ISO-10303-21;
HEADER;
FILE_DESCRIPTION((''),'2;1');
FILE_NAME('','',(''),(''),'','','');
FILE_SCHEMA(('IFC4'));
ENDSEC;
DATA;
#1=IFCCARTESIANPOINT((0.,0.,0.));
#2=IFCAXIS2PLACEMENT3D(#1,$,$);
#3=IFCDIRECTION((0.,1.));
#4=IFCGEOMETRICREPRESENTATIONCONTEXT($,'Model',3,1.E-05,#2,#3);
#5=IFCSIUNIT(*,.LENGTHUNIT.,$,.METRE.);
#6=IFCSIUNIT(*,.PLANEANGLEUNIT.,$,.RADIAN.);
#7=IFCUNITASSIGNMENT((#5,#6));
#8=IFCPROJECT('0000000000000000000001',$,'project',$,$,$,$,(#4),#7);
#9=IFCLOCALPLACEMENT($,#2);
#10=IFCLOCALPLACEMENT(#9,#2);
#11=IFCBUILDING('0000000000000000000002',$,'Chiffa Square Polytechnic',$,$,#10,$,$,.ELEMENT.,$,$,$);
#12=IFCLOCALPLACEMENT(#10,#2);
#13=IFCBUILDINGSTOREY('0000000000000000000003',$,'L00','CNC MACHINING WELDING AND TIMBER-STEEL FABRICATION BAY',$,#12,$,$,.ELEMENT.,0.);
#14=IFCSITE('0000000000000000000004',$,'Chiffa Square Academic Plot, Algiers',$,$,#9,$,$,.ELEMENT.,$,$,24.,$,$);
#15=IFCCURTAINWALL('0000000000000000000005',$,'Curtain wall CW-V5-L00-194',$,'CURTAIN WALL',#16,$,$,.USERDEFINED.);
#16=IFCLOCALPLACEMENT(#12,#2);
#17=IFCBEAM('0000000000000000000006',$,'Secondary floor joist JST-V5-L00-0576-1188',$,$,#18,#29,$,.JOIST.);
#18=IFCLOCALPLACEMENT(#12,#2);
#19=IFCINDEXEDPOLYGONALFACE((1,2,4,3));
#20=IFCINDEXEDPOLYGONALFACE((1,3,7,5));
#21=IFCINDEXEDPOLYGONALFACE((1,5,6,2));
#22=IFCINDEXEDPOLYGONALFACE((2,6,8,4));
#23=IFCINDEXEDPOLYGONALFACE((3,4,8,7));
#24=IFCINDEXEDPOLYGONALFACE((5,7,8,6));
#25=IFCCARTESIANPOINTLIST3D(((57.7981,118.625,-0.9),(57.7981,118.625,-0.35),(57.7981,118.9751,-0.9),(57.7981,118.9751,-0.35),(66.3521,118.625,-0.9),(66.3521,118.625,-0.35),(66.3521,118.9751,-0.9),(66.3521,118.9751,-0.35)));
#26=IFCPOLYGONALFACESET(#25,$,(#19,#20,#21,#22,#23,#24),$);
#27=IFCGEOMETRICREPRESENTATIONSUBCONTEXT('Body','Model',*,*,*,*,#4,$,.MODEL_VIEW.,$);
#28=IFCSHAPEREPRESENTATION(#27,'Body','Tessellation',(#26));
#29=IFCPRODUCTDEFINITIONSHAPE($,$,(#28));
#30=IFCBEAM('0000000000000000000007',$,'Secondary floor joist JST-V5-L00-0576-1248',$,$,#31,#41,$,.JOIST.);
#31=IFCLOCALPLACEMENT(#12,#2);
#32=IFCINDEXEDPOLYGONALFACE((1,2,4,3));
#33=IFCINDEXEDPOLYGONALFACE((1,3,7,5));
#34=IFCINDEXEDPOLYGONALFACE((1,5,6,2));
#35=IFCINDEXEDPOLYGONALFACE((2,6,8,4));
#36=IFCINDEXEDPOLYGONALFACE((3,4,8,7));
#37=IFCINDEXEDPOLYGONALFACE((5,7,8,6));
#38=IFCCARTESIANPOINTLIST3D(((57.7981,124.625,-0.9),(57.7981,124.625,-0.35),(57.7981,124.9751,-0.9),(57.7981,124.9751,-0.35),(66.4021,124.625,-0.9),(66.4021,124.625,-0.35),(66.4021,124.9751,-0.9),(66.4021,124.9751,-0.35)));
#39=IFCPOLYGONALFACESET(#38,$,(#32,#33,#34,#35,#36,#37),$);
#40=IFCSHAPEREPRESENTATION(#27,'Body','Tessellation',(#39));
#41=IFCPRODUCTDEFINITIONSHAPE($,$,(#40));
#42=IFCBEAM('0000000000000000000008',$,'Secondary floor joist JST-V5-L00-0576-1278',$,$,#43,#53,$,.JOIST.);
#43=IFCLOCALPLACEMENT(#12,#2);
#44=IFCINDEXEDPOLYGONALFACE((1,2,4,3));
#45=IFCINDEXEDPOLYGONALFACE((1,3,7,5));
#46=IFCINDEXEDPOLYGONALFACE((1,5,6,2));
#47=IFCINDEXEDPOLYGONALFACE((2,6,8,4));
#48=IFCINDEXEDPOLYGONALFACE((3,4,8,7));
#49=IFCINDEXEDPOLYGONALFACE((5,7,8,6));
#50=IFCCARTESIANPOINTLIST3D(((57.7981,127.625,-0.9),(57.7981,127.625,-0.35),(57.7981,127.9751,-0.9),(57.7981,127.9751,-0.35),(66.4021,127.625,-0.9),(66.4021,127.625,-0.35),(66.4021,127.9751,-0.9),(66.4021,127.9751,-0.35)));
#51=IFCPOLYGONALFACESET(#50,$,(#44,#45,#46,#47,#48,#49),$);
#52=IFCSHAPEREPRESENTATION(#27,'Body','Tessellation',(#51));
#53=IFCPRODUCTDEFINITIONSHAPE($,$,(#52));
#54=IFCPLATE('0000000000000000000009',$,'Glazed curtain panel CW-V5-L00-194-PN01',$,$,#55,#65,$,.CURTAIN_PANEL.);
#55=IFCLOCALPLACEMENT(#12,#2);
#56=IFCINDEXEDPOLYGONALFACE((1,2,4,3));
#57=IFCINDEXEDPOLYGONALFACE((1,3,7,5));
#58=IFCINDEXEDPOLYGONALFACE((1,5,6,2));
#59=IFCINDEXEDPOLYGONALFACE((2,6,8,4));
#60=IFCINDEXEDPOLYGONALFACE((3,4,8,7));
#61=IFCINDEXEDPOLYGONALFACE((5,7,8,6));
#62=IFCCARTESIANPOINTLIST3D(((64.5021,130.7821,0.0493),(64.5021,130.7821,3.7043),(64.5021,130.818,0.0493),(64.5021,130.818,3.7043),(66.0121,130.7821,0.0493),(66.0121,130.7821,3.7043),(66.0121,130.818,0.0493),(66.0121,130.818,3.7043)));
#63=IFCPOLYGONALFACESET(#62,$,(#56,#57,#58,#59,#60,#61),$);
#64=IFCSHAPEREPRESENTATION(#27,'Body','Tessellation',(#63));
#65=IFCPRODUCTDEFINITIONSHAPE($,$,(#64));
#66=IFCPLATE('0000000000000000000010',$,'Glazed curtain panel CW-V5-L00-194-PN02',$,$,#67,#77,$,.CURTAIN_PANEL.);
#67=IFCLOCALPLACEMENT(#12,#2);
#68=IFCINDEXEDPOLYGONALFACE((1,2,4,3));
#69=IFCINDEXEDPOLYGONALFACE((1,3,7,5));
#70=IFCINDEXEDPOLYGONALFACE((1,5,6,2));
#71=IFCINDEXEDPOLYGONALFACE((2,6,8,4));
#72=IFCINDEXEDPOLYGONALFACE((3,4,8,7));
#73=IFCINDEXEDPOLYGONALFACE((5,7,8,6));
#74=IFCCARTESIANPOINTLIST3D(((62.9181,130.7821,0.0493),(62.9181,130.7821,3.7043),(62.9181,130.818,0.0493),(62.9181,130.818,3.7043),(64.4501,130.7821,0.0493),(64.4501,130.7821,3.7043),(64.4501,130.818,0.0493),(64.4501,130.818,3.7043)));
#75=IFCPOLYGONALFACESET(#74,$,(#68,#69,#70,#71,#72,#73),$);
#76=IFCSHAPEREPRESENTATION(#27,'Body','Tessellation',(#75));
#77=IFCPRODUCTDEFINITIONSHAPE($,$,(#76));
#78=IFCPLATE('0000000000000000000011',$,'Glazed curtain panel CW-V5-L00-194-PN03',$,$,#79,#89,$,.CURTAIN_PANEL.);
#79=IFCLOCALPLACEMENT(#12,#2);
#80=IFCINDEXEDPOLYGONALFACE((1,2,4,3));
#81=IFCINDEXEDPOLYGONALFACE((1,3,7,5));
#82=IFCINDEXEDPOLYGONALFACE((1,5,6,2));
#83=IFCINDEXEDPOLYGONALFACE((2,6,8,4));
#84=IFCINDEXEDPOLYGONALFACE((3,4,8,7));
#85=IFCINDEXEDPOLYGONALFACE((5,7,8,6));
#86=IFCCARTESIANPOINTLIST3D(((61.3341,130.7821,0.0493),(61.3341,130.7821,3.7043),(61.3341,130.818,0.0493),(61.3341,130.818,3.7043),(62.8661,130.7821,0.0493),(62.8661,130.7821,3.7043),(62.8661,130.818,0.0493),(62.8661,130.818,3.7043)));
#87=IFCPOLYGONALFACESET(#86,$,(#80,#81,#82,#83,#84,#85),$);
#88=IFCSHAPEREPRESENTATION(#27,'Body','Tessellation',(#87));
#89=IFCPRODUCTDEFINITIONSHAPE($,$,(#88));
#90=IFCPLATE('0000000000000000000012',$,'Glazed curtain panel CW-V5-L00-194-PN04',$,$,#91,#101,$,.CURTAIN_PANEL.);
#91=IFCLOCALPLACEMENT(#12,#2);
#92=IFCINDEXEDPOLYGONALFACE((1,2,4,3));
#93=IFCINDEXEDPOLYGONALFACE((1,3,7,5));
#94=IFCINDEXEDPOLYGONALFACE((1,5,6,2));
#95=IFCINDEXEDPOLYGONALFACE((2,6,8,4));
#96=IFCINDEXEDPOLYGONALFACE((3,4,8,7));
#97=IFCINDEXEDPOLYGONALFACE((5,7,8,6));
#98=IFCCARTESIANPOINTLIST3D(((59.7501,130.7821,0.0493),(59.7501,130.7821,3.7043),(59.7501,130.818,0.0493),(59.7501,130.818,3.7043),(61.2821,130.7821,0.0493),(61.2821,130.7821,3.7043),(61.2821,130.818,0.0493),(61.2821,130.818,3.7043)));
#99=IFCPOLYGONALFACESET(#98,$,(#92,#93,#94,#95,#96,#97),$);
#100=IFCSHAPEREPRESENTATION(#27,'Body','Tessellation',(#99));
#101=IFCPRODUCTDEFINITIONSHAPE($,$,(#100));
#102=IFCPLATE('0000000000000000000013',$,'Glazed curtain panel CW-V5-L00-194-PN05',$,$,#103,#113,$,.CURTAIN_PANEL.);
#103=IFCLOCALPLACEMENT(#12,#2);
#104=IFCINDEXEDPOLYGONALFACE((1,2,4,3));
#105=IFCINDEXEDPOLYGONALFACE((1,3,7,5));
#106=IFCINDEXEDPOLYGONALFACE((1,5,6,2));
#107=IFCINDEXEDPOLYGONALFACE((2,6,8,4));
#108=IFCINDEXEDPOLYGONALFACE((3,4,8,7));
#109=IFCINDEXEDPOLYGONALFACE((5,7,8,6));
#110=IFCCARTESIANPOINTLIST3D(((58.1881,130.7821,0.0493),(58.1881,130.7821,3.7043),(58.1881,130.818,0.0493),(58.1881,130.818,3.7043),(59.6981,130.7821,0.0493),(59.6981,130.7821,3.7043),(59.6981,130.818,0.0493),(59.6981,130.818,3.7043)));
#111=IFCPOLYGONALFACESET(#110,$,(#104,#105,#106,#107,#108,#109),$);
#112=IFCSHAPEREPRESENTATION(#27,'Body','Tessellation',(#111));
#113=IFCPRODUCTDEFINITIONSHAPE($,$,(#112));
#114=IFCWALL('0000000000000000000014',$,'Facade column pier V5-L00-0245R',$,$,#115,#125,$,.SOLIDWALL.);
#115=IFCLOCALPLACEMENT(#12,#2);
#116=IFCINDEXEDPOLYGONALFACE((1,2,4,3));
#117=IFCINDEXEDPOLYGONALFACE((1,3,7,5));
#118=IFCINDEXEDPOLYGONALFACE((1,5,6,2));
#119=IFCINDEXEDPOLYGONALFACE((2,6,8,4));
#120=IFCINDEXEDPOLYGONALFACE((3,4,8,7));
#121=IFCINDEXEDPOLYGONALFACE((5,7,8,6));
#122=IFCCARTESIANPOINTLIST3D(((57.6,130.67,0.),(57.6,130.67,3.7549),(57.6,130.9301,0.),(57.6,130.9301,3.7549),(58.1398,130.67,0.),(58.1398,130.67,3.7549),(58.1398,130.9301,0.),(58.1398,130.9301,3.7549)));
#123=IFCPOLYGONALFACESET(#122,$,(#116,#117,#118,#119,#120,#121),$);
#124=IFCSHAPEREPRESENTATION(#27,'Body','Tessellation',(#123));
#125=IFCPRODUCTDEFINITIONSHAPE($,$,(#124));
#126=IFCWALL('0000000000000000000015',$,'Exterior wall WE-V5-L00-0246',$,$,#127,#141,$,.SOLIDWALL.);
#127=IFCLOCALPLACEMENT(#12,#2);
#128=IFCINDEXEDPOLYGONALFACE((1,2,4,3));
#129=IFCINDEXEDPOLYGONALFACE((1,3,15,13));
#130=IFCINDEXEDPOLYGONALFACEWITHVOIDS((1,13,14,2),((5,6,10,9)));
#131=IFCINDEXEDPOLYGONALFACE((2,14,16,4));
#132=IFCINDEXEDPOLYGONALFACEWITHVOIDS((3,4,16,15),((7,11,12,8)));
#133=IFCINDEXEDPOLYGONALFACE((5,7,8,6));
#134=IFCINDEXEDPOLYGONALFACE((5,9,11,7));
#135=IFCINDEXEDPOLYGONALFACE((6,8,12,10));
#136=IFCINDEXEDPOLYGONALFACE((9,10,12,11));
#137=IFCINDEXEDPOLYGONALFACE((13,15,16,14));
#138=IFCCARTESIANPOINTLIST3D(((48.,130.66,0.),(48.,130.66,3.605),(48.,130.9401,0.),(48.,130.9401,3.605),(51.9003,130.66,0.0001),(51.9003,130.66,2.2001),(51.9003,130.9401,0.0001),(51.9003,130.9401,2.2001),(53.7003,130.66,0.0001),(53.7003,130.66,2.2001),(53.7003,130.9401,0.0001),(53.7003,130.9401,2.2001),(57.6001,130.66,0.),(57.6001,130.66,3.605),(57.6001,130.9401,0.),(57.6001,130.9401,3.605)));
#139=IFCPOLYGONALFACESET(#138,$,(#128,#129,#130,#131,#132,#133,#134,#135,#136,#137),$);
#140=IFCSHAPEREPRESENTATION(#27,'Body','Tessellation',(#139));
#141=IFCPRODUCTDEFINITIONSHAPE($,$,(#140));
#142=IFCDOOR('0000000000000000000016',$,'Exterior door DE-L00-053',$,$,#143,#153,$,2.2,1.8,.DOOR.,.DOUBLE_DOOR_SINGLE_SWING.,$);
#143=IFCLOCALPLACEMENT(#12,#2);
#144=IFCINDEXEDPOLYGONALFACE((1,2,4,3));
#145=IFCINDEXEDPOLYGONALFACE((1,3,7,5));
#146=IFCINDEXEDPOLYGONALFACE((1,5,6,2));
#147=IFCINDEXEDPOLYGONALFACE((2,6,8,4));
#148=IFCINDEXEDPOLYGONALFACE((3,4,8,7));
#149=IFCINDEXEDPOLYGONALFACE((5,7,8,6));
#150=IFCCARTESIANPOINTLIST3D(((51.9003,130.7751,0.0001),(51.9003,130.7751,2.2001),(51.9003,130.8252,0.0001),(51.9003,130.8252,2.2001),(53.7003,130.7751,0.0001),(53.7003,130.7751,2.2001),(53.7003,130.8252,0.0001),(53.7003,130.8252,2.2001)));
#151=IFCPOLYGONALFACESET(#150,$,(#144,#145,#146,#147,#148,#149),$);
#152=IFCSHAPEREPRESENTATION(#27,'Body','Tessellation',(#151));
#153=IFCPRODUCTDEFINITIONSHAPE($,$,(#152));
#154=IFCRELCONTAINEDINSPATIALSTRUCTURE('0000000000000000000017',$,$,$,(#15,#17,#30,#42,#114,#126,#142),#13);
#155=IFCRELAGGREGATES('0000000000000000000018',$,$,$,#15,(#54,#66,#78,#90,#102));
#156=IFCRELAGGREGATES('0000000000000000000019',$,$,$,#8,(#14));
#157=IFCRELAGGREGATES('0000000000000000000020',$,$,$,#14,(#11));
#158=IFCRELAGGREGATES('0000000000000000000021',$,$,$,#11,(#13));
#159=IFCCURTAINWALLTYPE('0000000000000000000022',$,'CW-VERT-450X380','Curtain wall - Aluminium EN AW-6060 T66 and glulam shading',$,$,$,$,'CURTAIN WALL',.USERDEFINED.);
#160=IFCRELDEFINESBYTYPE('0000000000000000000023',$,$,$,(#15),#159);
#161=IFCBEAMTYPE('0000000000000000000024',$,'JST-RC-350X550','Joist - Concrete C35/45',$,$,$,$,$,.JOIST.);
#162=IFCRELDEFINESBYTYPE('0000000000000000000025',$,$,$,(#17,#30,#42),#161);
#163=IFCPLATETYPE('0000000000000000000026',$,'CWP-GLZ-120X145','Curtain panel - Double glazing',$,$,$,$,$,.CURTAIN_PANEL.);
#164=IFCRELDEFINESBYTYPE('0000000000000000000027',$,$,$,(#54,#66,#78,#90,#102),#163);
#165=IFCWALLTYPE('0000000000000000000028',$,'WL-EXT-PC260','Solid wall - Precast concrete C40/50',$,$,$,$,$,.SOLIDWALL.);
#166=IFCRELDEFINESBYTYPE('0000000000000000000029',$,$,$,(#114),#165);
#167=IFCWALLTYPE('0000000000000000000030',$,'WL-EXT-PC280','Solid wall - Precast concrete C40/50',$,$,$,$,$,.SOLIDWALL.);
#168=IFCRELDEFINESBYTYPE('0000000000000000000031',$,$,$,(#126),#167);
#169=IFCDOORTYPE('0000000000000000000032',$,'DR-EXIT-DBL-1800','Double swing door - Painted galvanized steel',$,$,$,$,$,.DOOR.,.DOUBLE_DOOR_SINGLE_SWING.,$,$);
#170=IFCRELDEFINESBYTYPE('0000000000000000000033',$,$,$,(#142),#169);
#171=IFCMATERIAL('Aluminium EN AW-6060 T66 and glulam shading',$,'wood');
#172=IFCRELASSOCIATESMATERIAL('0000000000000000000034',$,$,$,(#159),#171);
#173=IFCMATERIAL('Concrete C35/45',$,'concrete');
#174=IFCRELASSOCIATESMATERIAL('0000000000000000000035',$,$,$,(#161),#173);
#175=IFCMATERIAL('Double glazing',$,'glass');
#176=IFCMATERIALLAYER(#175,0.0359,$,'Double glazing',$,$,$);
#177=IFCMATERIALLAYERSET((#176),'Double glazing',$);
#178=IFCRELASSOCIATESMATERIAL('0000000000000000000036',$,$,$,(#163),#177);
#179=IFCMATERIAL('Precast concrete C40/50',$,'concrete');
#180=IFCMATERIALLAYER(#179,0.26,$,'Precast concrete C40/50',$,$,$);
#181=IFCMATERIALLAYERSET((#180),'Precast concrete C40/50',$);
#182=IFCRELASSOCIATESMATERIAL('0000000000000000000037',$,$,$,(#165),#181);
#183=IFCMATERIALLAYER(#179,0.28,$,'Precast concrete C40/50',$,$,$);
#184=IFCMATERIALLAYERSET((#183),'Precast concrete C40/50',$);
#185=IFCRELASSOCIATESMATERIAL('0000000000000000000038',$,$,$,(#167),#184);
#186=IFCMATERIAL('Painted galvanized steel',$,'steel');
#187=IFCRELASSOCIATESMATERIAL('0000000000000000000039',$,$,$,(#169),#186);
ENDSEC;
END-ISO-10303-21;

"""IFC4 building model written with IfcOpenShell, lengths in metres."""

from ifc_helpers import new_model, si_unit, direction, frame, frame_2d, origin, origin_2d, place, context, subcontext, project, spatial, rectangle, extrude, material, layer, layer_set, material_profile, profile_set, type_object, element, fill, aggregate, save


model = new_model("IFC4")

# Units and contexts
model_context = context("Model", 3, precision=1e-05, world=origin(), true_north=direction((0.0, 1.0)))
body_context = subcontext(model_context, "Body", "Model", "MODEL_VIEW")
ifc_project = project(units=[si_unit("LENGTHUNIT", "METRE"), si_unit("PLANEANGLEUNIT", "RADIAN")], contexts=[model_context])

# Site, building, storey
site_placement = place(None, origin())
site = spatial("IfcSite", under=ifc_project, at=site_placement, Name="Chiffa Square Academic Plot, Algiers", CompositionType="ELEMENT", RefElevation=24.0)
building_placement = place(site_placement, origin())
building = spatial("IfcBuilding", under=site, at=building_placement, Name="Chiffa Square Polytechnic", CompositionType="ELEMENT")
storey_placement = place(building_placement, origin())
storey = spatial("IfcBuildingStorey", under=building, at=storey_placement, Name="L00", Description="CNC MACHINING WELDING AND TIMBER-STEEL FABRICATION BAY", CompositionType="ELEMENT", Elevation=0.0)

# Shared definitions
ifc_material_1 = material(Name="Concrete C35/45", Category="concrete")

# Curtain wall
ifc_material_2 = material(Name="Aluminium EN AW-6060 T66 and glulam shading", Category="wood")
curtain_wall_type = type_object("IfcCurtainWallType", Name="CW-VERT-450X380", Description="Curtain wall - Aluminium EN AW-6060 T66 and glulam shading", ElementType="CURTAIN WALL", PredefinedType="USERDEFINED", material=ifc_material_2)
curtain_wall_placement = place(storey_placement, origin())
curtain_wall = element("IfcCurtainWall", 1, at=curtain_wall_placement, inside=storey, type_object=curtain_wall_type, Name="Curtain wall CW-V5-L00-194", ObjectType="CURTAIN WALL", PredefinedType="USERDEFINED")

# Beams
ifc_material_profile_1 = material_profile(ifc_material_1, rectangle(XDim=0.3501, YDim=0.55, at=origin_2d()), Name="RC 350x550")
ifc_profile_set_1 = profile_set([ifc_material_profile_1], Name="Concrete C35/45")
beam_type_1 = type_object("IfcBeamType", Name="JST-RC-350X550", Description="Joist - Concrete C35/45", PredefinedType="JOIST", material=ifc_profile_set_1)
beam_1_placement = place(storey_placement, frame((57.7981, 118.8, -0.625), z_axis=(1.0, 0.0, 0.0), x_axis=(0.0, 1.0, 0.0)))
element("IfcBeam", 2, at=beam_1_placement, inside=storey, type_object=beam_type_1, Name="Secondary floor joist JST-V5-L00-0576-1188", PredefinedType="JOIST", context=body_context, shape_type="SweptSolid", body=[
    extrude(rectangle(XDim=0.3501, YDim=0.55, at=origin_2d()), origin(), (0.0, 0.0, 1.0), 8.554),
])
for number, where, z_axis, x_axis, name in (
    (3, (57.7981, 124.8, -0.625), (1.0, 0.0, 0.0), (0.0, 1.0, 0.0), "Secondary floor joist JST-V5-L00-0576-1248"),
    (4, (57.7981, 127.8, -0.625), (1.0, 0.0, 0.0), (0.0, 1.0, 0.0), "Secondary floor joist JST-V5-L00-0576-1278"),
):
    element("IfcBeam", number, at=place(storey_placement, frame(where, z_axis=z_axis, x_axis=x_axis)), inside=storey, type_object=beam_type_1, Name=name, PredefinedType="JOIST", context=body_context, shape_type="SweptSolid", body=[
        extrude(rectangle(XDim=0.3501, YDim=0.55, at=origin_2d()), origin(), (0.0, 0.0, 1.0), 8.604),
    ])

# Plates
ifc_material_3 = material(Name="Double glazing", Category="glass")
ifc_layer_1 = layer(ifc_material_3, 0.0359, Name="Double glazing")
ifc_layer_set_1 = layer_set([ifc_layer_1], Name="Double glazing")
plate_type = type_object("IfcPlateType", Name="CWP-GLZ-120X145", Description="Curtain panel - Double glazing", PredefinedType="CURTAIN_PANEL", material=ifc_layer_set_1)
plate_1_placement = place(storey_placement, frame((65.2571, 130.8, 0.0493), z_axis=(0.0, 0.0, 1.0), x_axis=(-1.0, 0.0, 0.0)))
plate_1 = element("IfcPlate", 5, at=plate_1_placement, type_object=plate_type, Name="Glazed curtain panel CW-V5-L00-194-PN01", PredefinedType="CURTAIN_PANEL", context=body_context, shape_type="SweptSolid", body=[
    extrude(rectangle(XDim=1.51, YDim=0.0359, at=origin_2d()), origin(), (0.0, 0.0, 1.0), 3.655),
])
plate_2_placement = place(storey_placement, frame((63.6841, 130.8, 0.0493), z_axis=(0.0, 0.0, 1.0), x_axis=(-1.0, 0.0, 0.0)))
plate_2 = element("IfcPlate", 6, at=plate_2_placement, type_object=plate_type, Name="Glazed curtain panel CW-V5-L00-194-PN02", PredefinedType="CURTAIN_PANEL", context=body_context, shape_type="SweptSolid", body=[
    extrude(rectangle(XDim=1.532, YDim=0.0359, at=origin_2d()), origin(), (0.0, 0.0, 1.0), 3.655),
])
plate_3_placement = place(storey_placement, frame((62.1001, 130.8, 0.0493), z_axis=(0.0, 0.0, 1.0), x_axis=(-1.0, 0.0, 0.0)))
plate_3 = element("IfcPlate", 7, at=plate_3_placement, type_object=plate_type, Name="Glazed curtain panel CW-V5-L00-194-PN03", PredefinedType="CURTAIN_PANEL", context=body_context, shape_type="SweptSolid", body=[
    extrude(rectangle(XDim=1.532, YDim=0.0359, at=origin_2d()), origin(), (0.0, 0.0, 1.0), 3.655),
])
plate_4_placement = place(storey_placement, frame((60.5161, 130.8, 0.0493), z_axis=(0.0, 0.0, 1.0), x_axis=(-1.0, 0.0, 0.0)))
plate_4 = element("IfcPlate", 8, at=plate_4_placement, type_object=plate_type, Name="Glazed curtain panel CW-V5-L00-194-PN04", PredefinedType="CURTAIN_PANEL", context=body_context, shape_type="SweptSolid", body=[
    extrude(rectangle(XDim=1.532, YDim=0.0359, at=origin_2d()), origin(), (0.0, 0.0, 1.0), 3.655),
])
plate_5_placement = place(storey_placement, frame((58.9431, 130.8, 0.0493), z_axis=(0.0, 0.0, 1.0), x_axis=(-1.0, 0.0, 0.0)))
plate_5 = element("IfcPlate", 9, at=plate_5_placement, type_object=plate_type, Name="Glazed curtain panel CW-V5-L00-194-PN05", PredefinedType="CURTAIN_PANEL", context=body_context, shape_type="SweptSolid", body=[
    extrude(rectangle(XDim=1.51, YDim=0.0359, at=origin_2d()), origin(), (0.0, 0.0, 1.0), 3.655),
])
aggregate(curtain_wall, [plate_1, plate_2, plate_3, plate_4, plate_5])

# Wall
ifc_material_4 = material(Name="Precast concrete C40/50", Category="concrete")
ifc_layer_2 = layer(ifc_material_4, 0.26, Name="Precast concrete C40/50")
ifc_layer_set_2 = layer_set([ifc_layer_2], Name="Precast concrete C40/50")
wall_type_1 = type_object("IfcWallType", Name="WL-EXT-PC260", Description="Solid wall - Precast concrete C40/50", PredefinedType="SOLIDWALL", material=ifc_layer_set_2)
wall_1_placement = place(storey_placement, frame((58.1399, 130.8, 0.0), z_axis=(0.0, 0.0, 1.0), x_axis=(-1.0, 0.0, 0.0)))
element("IfcWall", 10, at=wall_1_placement, inside=storey, type_object=wall_type_1, Name="Facade column pier V5-L00-0245R", PredefinedType="SOLIDWALL", context=body_context, shape_type="SweptSolid", body=[
    extrude(rectangle(XDim=0.5398, YDim=0.26, at=frame_2d((0.27, 0.0))), origin(), (0.0, 0.0, 1.0), 3.7549),
])

# Wall, opening, door
ifc_layer_3 = layer(ifc_material_4, 0.28, Name="Precast concrete C40/50")
ifc_layer_set_3 = layer_set([ifc_layer_3], Name="Precast concrete C40/50")
wall_type_2 = type_object("IfcWallType", Name="WL-EXT-PC280", Description="Solid wall - Precast concrete C40/50", PredefinedType="SOLIDWALL", material=ifc_layer_set_3)
wall_2_placement = place(storey_placement, frame((57.6001, 130.8, 0.0), z_axis=(0.0, 0.0, 1.0), x_axis=(-1.0, 0.0, 0.0)))
wall_2 = element("IfcWall", 11, at=wall_2_placement, inside=storey, type_object=wall_type_2, Name="Exterior wall WE-V5-L00-0246", PredefinedType="SOLIDWALL", context=body_context, shape_type="SweptSolid", body=[
    extrude(rectangle(XDim=9.6001, YDim=0.28, at=frame_2d((4.8, 0.0))), origin(), (0.0, 0.0, 1.0), 3.605),
])
opening_placement = place(wall_2_placement, frame((3.8999, 0.0, 0.0)))
opening = element("IfcOpeningElement", 12, at=opening_placement, cuts=wall_2, PredefinedType="OPENING", context=body_context, shape_type="SweptSolid", body=[
    extrude(rectangle(XDim=1.8, YDim=2.2, at=frame_2d((0.8999, 1.1001))), frame((0.0, 0.1499, 0.0), z_axis=(0.0, -1.0, 0.0), x_axis=(1.0, 0.0, 0.0)), (0.0, 0.0, 1.0), 0.3),
])
ifc_material_5 = material(Name="Painted galvanized steel", Category="steel")
door_type = type_object("IfcDoorType", Name="DR-EXIT-DBL-1800", Description="Double swing door - Painted galvanized steel", OperationType="DOUBLE_DOOR_SINGLE_SWING", PredefinedType="DOOR", material=ifc_material_5)
door_placement = place(opening_placement, origin())
door = element("IfcDoor", 13, at=door_placement, inside=storey, type_object=door_type, Name="Exterior door DE-L00-053", OperationType="DOUBLE_DOOR_SINGLE_SWING", OverallHeight=2.2, OverallWidth=1.8, PredefinedType="DOOR", context=body_context, shape_type="SweptSolid", body=[
    extrude(rectangle(XDim=1.8, YDim=2.2, at=frame_2d((0.8999, 1.1001))), frame((0.0, 0.0249, 0.0), z_axis=(0.0, -1.0, 0.0), x_axis=(1.0, 0.0, 0.0)), (0.0, 0.0, 1.0), 0.05),
])
fill(opening, door)

save(model, "model.ifc")
